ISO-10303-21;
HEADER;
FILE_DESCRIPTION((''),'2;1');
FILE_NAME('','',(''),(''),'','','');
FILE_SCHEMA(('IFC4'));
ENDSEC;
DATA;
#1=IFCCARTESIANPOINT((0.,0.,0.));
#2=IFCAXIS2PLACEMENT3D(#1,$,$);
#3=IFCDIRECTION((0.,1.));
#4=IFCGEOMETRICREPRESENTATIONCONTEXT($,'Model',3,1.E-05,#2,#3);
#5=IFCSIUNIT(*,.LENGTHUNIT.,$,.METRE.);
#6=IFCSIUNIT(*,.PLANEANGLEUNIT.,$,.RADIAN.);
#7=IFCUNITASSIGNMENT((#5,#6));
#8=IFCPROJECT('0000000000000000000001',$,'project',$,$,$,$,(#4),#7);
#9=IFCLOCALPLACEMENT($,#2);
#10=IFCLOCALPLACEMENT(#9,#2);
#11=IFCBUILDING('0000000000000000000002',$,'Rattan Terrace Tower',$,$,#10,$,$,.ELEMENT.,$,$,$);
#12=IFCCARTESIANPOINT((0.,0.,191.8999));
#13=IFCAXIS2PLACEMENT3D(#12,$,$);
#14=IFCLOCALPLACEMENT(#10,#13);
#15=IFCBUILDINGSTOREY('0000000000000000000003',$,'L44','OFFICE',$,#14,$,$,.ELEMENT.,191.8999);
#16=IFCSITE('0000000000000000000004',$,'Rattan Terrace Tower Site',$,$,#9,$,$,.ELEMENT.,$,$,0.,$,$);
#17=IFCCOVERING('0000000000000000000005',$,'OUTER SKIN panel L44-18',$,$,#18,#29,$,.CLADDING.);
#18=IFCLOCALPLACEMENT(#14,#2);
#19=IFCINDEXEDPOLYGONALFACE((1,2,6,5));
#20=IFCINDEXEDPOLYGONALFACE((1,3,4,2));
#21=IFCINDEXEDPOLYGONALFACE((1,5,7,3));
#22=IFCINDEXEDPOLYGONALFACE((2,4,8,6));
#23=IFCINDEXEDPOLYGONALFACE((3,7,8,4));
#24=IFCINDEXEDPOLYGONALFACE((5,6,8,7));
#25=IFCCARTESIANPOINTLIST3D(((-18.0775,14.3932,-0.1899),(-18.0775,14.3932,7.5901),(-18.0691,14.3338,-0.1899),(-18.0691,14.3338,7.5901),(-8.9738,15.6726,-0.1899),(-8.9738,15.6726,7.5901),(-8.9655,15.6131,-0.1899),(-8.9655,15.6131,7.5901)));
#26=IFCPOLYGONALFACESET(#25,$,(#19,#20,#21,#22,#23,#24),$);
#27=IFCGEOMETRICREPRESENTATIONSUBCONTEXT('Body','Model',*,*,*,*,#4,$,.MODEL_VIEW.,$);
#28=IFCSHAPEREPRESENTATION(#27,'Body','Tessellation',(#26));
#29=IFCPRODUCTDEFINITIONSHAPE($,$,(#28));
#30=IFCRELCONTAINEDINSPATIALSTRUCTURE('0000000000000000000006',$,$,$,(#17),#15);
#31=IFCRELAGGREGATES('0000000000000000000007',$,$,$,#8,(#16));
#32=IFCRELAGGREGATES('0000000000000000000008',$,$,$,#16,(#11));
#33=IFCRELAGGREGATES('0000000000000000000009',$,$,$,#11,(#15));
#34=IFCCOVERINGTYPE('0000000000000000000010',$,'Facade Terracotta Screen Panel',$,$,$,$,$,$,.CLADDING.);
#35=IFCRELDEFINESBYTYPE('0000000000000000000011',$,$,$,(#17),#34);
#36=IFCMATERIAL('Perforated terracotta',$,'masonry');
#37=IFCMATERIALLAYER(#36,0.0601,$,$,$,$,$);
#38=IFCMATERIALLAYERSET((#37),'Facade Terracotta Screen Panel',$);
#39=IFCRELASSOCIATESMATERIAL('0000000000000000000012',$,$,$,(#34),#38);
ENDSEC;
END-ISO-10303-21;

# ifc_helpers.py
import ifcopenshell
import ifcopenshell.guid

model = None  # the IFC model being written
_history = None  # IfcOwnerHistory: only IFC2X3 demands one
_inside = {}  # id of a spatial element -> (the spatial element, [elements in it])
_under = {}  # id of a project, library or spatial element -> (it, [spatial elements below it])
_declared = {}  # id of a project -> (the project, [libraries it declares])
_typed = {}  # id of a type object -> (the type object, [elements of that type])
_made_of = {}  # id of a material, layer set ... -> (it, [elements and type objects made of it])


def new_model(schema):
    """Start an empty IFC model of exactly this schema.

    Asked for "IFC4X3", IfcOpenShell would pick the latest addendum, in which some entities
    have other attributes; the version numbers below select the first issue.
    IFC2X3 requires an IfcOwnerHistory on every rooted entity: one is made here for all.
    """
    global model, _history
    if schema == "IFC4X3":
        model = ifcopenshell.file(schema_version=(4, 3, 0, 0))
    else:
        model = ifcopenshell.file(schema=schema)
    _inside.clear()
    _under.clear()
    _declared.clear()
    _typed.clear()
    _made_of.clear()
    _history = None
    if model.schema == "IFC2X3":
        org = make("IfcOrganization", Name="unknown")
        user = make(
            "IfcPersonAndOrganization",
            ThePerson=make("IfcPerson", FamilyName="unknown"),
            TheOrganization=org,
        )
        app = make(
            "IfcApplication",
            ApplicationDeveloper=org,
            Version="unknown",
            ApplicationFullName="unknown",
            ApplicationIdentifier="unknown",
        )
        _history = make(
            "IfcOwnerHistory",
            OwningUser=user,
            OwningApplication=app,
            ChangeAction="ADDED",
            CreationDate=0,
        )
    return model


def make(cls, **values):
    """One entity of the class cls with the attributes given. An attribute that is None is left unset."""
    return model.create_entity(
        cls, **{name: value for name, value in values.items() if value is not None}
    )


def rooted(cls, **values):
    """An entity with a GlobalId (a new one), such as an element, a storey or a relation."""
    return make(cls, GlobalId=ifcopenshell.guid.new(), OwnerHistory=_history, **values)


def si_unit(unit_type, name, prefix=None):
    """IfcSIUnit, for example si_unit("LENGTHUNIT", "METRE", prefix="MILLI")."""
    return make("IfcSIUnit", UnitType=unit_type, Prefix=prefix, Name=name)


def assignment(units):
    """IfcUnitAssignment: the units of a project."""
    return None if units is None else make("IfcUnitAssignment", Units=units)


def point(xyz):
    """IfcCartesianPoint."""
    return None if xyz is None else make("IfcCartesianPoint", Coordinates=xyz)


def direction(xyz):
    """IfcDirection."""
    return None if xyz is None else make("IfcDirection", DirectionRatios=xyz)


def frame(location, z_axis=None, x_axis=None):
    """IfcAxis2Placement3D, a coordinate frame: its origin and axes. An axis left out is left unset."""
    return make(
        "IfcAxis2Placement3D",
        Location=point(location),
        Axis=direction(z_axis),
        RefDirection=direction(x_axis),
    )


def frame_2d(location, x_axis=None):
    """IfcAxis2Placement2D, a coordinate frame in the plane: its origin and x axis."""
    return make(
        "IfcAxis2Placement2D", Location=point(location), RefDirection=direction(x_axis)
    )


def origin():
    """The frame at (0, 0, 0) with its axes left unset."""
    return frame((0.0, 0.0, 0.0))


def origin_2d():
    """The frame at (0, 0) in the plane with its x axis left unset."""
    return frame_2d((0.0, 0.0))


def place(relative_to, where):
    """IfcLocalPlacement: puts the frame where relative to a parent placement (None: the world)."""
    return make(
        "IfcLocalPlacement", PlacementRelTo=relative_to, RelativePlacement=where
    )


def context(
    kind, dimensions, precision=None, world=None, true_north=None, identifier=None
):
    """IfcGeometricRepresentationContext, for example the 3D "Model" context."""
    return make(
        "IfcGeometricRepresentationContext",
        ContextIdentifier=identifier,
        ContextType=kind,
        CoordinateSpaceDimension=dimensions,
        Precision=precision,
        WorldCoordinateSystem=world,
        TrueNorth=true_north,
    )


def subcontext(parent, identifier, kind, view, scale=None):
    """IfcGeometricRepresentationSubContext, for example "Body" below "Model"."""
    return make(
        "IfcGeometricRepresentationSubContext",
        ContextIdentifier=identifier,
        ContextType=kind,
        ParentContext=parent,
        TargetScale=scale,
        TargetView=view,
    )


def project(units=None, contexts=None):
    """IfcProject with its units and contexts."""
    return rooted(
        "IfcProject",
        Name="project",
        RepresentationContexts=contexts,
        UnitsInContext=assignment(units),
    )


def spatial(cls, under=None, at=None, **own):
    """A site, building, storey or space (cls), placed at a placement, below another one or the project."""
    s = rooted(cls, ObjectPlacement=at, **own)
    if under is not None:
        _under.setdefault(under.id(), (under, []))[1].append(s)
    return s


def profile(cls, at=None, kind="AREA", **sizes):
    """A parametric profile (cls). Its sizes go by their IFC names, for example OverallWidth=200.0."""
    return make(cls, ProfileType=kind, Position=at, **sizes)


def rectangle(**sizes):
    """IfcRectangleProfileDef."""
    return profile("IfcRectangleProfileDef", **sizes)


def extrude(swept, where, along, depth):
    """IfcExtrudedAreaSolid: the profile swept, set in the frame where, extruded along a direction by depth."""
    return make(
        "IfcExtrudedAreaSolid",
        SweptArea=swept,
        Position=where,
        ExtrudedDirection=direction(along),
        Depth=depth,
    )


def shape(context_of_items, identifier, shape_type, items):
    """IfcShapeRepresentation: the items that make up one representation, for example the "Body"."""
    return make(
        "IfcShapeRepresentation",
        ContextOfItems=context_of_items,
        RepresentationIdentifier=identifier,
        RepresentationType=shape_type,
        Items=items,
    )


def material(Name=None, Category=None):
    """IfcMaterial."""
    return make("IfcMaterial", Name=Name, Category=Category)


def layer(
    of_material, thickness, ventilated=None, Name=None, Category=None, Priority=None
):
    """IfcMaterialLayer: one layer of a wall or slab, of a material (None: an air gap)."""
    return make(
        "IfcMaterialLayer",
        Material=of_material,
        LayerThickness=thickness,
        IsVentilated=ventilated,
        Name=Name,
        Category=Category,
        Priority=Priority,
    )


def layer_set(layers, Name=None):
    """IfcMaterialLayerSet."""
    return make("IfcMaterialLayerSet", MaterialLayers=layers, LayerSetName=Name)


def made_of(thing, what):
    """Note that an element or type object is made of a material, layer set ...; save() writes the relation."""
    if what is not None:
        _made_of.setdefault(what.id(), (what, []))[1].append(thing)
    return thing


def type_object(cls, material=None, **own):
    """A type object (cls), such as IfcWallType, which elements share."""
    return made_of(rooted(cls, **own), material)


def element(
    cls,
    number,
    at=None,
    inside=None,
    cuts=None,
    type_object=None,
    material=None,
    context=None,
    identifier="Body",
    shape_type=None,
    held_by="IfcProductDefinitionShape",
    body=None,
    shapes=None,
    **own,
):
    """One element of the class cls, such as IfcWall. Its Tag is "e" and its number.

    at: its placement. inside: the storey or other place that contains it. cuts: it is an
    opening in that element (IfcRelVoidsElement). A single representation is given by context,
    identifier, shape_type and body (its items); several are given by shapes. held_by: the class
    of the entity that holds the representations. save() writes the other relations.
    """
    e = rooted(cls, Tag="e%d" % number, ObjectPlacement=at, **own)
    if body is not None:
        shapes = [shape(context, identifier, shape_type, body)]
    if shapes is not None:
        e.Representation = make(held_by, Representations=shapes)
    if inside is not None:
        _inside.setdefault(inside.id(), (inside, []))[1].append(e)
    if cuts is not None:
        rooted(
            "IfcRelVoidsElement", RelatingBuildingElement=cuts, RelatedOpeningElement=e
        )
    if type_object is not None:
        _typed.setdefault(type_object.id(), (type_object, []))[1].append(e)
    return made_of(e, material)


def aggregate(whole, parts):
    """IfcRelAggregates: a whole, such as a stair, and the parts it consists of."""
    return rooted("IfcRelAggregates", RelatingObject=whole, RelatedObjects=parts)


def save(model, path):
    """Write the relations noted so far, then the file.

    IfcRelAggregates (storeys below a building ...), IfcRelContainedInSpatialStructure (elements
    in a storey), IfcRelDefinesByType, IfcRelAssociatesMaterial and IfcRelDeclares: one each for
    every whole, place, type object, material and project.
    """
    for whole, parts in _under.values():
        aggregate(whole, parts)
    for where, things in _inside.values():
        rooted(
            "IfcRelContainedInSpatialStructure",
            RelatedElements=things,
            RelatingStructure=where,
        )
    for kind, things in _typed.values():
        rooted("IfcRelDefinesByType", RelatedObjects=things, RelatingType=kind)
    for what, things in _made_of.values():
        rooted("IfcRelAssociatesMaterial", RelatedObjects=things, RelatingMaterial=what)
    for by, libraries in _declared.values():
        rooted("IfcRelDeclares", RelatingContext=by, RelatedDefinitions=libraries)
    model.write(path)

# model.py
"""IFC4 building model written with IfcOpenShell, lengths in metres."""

from ifc_helpers import new_model, si_unit, direction, frame, origin, origin_2d, place, context, subcontext, project, spatial, rectangle, extrude, material, layer, layer_set, type_object, element, save


model = new_model("IFC4")

# Units and contexts
model_context = context("Model", 3, precision=1e-05, world=origin(), true_north=direction((0.0, 1.0)))
body_context = subcontext(model_context, "Body", "Model", "MODEL_VIEW")
ifc_project = project(units=[si_unit("LENGTHUNIT", "METRE"), si_unit("PLANEANGLEUNIT", "RADIAN")], contexts=[model_context])

# Site, building, storey
site_placement = place(None, origin())
site = spatial("IfcSite", under=ifc_project, at=site_placement, Name="Rattan Terrace Tower Site", CompositionType="ELEMENT", RefElevation=0.0)
building_placement = place(site_placement, origin())
building = spatial("IfcBuilding", under=site, at=building_placement, Name="Rattan Terrace Tower", CompositionType="ELEMENT")
storey_placement = place(building_placement, frame((0.0, 0.0, 191.8999)))
storey = spatial("IfcBuildingStorey", under=building, at=storey_placement, Name="L44", Description="OFFICE", CompositionType="ELEMENT", Elevation=191.8999)

# Covering
ifc_material_1 = material(Name="Perforated terracotta", Category="masonry")
ifc_layer_1 = layer(ifc_material_1, 0.0601)
ifc_layer_set_1 = layer_set([ifc_layer_1], Name="Facade Terracotta Screen Panel")
covering_type = type_object("IfcCoveringType", Name="Facade Terracotta Screen Panel", PredefinedType="CLADDING", material=ifc_layer_set_1)
for number, where, z_axis, x_axis, name in (
    (1, (-13.5215, 15.0032, -0.1899), (0.0, 0.0, 1.0), (-0.99027, -0.139161, 0.0), "OUTER SKIN panel L44-18"),
):
    element("IfcCovering", number, at=place(storey_placement, frame(where, z_axis=z_axis, x_axis=x_axis)), inside=storey, type_object=covering_type, Name=name, PredefinedType="CLADDING", context=body_context, shape_type="SweptSolid", body=[
        extrude(rectangle(XDim=9.1931, YDim=0.0601, at=origin_2d()), origin(), (0.0, 0.0, 1.0), 7.78),
    ])

save(model, "model.ifc")
